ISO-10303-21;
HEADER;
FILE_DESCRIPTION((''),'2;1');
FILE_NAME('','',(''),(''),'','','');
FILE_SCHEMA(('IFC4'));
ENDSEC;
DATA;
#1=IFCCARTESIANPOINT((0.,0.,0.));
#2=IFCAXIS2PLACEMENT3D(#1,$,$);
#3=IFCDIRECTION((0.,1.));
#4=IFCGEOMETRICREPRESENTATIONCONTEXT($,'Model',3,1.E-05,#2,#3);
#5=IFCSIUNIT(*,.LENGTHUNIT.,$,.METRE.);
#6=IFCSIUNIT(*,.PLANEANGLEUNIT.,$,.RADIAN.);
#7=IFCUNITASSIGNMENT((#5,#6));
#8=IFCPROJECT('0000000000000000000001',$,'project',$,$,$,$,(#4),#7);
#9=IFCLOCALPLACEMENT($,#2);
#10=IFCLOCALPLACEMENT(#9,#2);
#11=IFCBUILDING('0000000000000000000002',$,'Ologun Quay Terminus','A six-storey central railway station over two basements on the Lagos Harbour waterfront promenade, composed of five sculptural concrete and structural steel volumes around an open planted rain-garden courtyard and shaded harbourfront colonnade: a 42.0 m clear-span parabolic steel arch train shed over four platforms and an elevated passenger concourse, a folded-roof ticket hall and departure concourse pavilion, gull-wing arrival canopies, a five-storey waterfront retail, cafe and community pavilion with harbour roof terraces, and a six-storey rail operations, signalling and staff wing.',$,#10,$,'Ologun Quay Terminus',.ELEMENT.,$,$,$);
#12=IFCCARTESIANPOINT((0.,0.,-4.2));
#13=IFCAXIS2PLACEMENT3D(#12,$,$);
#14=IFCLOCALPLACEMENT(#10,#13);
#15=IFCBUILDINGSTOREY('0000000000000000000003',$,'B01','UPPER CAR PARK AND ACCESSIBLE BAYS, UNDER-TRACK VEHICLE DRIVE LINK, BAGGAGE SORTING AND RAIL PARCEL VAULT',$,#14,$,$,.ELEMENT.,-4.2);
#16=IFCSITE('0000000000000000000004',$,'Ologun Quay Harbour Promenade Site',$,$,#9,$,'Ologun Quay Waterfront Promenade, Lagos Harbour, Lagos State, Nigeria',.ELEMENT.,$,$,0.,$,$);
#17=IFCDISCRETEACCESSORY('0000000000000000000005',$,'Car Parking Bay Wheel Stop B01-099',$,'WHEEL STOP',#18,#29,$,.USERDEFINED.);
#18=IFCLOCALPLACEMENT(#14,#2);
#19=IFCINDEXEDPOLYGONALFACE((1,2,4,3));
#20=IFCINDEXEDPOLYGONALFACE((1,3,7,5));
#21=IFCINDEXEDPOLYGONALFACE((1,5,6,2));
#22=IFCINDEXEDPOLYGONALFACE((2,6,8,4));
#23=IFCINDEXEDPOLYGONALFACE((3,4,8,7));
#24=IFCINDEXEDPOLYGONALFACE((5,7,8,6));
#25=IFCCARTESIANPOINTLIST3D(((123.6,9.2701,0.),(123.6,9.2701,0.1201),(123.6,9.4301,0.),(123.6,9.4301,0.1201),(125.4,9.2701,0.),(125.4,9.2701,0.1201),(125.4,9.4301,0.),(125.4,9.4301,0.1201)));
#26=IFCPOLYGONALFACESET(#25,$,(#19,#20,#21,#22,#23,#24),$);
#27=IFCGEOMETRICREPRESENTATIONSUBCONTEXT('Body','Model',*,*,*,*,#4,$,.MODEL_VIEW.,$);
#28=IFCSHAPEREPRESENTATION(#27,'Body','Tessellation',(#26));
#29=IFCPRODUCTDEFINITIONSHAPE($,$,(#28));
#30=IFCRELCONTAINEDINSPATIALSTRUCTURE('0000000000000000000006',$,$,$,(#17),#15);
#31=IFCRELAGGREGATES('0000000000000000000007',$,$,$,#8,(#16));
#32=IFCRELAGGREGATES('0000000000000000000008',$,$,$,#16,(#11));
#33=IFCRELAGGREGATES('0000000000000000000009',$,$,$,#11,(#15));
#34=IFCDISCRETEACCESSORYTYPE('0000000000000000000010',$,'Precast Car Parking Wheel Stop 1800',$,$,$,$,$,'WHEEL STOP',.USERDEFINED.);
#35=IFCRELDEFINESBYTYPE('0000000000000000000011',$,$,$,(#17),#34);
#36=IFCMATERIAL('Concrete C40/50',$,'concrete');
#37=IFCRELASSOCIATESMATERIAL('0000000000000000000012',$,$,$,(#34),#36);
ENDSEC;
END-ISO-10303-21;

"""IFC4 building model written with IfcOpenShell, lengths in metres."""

from ifc_helpers import new_model, si_unit, direction, frame, origin, origin_2d, place, context, subcontext, project, spatial, rectangle, extrude, material, type_object, element, save


model = new_model("IFC4")

# Units and contexts
model_context = context("Model", 3, precision=1e-05, world=origin(), true_north=direction((0.0, 1.0)))
body_context = subcontext(model_context, "Body", "Model", "MODEL_VIEW")
ifc_project = project(units=[si_unit("LENGTHUNIT", "METRE"), si_unit("PLANEANGLEUNIT", "RADIAN")], contexts=[model_context])

# Site, building, storey
site_placement = place(None, origin())
site = spatial("IfcSite", under=ifc_project, at=site_placement, Name="Ologun Quay Harbour Promenade Site", LongName="Ologun Quay Waterfront Promenade, Lagos Harbour, Lagos State, Nigeria", CompositionType="ELEMENT", RefElevation=0.0)
building_placement = place(site_placement, origin())
building = spatial("IfcBuilding", under=site, at=building_placement, Name="Ologun Quay Terminus", Description="A six-storey central railway station over two basements on the Lagos Harbour waterfront promenade, composed of five sculptural concrete and structural steel volumes around an open planted rain-garden courtyard and shaded harbourfront colonnade: a 42.0 m clear-span parabolic steel arch train shed over four platforms and an elevated passenger concourse, a folded-roof ticket hall and departure concourse pavilion, gull-wing arrival canopies, a five-storey waterfront retail, cafe and community pavilion with harbour roof terraces, and a six-storey rail operations, signalling and staff wing.", LongName="Ologun Quay Terminus", CompositionType="ELEMENT")
storey_placement = place(building_placement, frame((0.0, 0.0, -4.2)))
storey = spatial("IfcBuildingStorey", under=building, at=storey_placement, Name="B01", Description="UPPER CAR PARK AND ACCESSIBLE BAYS, UNDER-TRACK VEHICLE DRIVE LINK, BAGGAGE SORTING AND RAIL PARCEL VAULT", CompositionType="ELEMENT", Elevation=-4.2)

# Discrete accessory
ifc_material_1 = material(Name="Concrete C40/50", Category="concrete")
discrete_accessory_type = type_object("IfcDiscreteAccessoryType", Name="Precast Car Parking Wheel Stop 1800", ElementType="WHEEL STOP", PredefinedType="USERDEFINED", material=ifc_material_1)
discrete_accessory_placement = place(storey_placement, frame((124.5, 9.3501, 0.0), z_axis=(0.0, 0.0, 1.0), x_axis=(1.0, 0.0, 0.0)))
element("IfcDiscreteAccessory", 1, at=discrete_accessory_placement, inside=storey, type_object=discrete_accessory_type, Name="Car Parking Bay Wheel Stop B01-099", ObjectType="WHEEL STOP", PredefinedType="USERDEFINED", context=body_context, shape_type="SweptSolid", body=[
    extrude(rectangle(XDim=1.8, YDim=0.1599, at=origin_2d()), origin(), (0.0, 0.0, 1.0), 0.1201),
])

save(model, "model.ifc")
